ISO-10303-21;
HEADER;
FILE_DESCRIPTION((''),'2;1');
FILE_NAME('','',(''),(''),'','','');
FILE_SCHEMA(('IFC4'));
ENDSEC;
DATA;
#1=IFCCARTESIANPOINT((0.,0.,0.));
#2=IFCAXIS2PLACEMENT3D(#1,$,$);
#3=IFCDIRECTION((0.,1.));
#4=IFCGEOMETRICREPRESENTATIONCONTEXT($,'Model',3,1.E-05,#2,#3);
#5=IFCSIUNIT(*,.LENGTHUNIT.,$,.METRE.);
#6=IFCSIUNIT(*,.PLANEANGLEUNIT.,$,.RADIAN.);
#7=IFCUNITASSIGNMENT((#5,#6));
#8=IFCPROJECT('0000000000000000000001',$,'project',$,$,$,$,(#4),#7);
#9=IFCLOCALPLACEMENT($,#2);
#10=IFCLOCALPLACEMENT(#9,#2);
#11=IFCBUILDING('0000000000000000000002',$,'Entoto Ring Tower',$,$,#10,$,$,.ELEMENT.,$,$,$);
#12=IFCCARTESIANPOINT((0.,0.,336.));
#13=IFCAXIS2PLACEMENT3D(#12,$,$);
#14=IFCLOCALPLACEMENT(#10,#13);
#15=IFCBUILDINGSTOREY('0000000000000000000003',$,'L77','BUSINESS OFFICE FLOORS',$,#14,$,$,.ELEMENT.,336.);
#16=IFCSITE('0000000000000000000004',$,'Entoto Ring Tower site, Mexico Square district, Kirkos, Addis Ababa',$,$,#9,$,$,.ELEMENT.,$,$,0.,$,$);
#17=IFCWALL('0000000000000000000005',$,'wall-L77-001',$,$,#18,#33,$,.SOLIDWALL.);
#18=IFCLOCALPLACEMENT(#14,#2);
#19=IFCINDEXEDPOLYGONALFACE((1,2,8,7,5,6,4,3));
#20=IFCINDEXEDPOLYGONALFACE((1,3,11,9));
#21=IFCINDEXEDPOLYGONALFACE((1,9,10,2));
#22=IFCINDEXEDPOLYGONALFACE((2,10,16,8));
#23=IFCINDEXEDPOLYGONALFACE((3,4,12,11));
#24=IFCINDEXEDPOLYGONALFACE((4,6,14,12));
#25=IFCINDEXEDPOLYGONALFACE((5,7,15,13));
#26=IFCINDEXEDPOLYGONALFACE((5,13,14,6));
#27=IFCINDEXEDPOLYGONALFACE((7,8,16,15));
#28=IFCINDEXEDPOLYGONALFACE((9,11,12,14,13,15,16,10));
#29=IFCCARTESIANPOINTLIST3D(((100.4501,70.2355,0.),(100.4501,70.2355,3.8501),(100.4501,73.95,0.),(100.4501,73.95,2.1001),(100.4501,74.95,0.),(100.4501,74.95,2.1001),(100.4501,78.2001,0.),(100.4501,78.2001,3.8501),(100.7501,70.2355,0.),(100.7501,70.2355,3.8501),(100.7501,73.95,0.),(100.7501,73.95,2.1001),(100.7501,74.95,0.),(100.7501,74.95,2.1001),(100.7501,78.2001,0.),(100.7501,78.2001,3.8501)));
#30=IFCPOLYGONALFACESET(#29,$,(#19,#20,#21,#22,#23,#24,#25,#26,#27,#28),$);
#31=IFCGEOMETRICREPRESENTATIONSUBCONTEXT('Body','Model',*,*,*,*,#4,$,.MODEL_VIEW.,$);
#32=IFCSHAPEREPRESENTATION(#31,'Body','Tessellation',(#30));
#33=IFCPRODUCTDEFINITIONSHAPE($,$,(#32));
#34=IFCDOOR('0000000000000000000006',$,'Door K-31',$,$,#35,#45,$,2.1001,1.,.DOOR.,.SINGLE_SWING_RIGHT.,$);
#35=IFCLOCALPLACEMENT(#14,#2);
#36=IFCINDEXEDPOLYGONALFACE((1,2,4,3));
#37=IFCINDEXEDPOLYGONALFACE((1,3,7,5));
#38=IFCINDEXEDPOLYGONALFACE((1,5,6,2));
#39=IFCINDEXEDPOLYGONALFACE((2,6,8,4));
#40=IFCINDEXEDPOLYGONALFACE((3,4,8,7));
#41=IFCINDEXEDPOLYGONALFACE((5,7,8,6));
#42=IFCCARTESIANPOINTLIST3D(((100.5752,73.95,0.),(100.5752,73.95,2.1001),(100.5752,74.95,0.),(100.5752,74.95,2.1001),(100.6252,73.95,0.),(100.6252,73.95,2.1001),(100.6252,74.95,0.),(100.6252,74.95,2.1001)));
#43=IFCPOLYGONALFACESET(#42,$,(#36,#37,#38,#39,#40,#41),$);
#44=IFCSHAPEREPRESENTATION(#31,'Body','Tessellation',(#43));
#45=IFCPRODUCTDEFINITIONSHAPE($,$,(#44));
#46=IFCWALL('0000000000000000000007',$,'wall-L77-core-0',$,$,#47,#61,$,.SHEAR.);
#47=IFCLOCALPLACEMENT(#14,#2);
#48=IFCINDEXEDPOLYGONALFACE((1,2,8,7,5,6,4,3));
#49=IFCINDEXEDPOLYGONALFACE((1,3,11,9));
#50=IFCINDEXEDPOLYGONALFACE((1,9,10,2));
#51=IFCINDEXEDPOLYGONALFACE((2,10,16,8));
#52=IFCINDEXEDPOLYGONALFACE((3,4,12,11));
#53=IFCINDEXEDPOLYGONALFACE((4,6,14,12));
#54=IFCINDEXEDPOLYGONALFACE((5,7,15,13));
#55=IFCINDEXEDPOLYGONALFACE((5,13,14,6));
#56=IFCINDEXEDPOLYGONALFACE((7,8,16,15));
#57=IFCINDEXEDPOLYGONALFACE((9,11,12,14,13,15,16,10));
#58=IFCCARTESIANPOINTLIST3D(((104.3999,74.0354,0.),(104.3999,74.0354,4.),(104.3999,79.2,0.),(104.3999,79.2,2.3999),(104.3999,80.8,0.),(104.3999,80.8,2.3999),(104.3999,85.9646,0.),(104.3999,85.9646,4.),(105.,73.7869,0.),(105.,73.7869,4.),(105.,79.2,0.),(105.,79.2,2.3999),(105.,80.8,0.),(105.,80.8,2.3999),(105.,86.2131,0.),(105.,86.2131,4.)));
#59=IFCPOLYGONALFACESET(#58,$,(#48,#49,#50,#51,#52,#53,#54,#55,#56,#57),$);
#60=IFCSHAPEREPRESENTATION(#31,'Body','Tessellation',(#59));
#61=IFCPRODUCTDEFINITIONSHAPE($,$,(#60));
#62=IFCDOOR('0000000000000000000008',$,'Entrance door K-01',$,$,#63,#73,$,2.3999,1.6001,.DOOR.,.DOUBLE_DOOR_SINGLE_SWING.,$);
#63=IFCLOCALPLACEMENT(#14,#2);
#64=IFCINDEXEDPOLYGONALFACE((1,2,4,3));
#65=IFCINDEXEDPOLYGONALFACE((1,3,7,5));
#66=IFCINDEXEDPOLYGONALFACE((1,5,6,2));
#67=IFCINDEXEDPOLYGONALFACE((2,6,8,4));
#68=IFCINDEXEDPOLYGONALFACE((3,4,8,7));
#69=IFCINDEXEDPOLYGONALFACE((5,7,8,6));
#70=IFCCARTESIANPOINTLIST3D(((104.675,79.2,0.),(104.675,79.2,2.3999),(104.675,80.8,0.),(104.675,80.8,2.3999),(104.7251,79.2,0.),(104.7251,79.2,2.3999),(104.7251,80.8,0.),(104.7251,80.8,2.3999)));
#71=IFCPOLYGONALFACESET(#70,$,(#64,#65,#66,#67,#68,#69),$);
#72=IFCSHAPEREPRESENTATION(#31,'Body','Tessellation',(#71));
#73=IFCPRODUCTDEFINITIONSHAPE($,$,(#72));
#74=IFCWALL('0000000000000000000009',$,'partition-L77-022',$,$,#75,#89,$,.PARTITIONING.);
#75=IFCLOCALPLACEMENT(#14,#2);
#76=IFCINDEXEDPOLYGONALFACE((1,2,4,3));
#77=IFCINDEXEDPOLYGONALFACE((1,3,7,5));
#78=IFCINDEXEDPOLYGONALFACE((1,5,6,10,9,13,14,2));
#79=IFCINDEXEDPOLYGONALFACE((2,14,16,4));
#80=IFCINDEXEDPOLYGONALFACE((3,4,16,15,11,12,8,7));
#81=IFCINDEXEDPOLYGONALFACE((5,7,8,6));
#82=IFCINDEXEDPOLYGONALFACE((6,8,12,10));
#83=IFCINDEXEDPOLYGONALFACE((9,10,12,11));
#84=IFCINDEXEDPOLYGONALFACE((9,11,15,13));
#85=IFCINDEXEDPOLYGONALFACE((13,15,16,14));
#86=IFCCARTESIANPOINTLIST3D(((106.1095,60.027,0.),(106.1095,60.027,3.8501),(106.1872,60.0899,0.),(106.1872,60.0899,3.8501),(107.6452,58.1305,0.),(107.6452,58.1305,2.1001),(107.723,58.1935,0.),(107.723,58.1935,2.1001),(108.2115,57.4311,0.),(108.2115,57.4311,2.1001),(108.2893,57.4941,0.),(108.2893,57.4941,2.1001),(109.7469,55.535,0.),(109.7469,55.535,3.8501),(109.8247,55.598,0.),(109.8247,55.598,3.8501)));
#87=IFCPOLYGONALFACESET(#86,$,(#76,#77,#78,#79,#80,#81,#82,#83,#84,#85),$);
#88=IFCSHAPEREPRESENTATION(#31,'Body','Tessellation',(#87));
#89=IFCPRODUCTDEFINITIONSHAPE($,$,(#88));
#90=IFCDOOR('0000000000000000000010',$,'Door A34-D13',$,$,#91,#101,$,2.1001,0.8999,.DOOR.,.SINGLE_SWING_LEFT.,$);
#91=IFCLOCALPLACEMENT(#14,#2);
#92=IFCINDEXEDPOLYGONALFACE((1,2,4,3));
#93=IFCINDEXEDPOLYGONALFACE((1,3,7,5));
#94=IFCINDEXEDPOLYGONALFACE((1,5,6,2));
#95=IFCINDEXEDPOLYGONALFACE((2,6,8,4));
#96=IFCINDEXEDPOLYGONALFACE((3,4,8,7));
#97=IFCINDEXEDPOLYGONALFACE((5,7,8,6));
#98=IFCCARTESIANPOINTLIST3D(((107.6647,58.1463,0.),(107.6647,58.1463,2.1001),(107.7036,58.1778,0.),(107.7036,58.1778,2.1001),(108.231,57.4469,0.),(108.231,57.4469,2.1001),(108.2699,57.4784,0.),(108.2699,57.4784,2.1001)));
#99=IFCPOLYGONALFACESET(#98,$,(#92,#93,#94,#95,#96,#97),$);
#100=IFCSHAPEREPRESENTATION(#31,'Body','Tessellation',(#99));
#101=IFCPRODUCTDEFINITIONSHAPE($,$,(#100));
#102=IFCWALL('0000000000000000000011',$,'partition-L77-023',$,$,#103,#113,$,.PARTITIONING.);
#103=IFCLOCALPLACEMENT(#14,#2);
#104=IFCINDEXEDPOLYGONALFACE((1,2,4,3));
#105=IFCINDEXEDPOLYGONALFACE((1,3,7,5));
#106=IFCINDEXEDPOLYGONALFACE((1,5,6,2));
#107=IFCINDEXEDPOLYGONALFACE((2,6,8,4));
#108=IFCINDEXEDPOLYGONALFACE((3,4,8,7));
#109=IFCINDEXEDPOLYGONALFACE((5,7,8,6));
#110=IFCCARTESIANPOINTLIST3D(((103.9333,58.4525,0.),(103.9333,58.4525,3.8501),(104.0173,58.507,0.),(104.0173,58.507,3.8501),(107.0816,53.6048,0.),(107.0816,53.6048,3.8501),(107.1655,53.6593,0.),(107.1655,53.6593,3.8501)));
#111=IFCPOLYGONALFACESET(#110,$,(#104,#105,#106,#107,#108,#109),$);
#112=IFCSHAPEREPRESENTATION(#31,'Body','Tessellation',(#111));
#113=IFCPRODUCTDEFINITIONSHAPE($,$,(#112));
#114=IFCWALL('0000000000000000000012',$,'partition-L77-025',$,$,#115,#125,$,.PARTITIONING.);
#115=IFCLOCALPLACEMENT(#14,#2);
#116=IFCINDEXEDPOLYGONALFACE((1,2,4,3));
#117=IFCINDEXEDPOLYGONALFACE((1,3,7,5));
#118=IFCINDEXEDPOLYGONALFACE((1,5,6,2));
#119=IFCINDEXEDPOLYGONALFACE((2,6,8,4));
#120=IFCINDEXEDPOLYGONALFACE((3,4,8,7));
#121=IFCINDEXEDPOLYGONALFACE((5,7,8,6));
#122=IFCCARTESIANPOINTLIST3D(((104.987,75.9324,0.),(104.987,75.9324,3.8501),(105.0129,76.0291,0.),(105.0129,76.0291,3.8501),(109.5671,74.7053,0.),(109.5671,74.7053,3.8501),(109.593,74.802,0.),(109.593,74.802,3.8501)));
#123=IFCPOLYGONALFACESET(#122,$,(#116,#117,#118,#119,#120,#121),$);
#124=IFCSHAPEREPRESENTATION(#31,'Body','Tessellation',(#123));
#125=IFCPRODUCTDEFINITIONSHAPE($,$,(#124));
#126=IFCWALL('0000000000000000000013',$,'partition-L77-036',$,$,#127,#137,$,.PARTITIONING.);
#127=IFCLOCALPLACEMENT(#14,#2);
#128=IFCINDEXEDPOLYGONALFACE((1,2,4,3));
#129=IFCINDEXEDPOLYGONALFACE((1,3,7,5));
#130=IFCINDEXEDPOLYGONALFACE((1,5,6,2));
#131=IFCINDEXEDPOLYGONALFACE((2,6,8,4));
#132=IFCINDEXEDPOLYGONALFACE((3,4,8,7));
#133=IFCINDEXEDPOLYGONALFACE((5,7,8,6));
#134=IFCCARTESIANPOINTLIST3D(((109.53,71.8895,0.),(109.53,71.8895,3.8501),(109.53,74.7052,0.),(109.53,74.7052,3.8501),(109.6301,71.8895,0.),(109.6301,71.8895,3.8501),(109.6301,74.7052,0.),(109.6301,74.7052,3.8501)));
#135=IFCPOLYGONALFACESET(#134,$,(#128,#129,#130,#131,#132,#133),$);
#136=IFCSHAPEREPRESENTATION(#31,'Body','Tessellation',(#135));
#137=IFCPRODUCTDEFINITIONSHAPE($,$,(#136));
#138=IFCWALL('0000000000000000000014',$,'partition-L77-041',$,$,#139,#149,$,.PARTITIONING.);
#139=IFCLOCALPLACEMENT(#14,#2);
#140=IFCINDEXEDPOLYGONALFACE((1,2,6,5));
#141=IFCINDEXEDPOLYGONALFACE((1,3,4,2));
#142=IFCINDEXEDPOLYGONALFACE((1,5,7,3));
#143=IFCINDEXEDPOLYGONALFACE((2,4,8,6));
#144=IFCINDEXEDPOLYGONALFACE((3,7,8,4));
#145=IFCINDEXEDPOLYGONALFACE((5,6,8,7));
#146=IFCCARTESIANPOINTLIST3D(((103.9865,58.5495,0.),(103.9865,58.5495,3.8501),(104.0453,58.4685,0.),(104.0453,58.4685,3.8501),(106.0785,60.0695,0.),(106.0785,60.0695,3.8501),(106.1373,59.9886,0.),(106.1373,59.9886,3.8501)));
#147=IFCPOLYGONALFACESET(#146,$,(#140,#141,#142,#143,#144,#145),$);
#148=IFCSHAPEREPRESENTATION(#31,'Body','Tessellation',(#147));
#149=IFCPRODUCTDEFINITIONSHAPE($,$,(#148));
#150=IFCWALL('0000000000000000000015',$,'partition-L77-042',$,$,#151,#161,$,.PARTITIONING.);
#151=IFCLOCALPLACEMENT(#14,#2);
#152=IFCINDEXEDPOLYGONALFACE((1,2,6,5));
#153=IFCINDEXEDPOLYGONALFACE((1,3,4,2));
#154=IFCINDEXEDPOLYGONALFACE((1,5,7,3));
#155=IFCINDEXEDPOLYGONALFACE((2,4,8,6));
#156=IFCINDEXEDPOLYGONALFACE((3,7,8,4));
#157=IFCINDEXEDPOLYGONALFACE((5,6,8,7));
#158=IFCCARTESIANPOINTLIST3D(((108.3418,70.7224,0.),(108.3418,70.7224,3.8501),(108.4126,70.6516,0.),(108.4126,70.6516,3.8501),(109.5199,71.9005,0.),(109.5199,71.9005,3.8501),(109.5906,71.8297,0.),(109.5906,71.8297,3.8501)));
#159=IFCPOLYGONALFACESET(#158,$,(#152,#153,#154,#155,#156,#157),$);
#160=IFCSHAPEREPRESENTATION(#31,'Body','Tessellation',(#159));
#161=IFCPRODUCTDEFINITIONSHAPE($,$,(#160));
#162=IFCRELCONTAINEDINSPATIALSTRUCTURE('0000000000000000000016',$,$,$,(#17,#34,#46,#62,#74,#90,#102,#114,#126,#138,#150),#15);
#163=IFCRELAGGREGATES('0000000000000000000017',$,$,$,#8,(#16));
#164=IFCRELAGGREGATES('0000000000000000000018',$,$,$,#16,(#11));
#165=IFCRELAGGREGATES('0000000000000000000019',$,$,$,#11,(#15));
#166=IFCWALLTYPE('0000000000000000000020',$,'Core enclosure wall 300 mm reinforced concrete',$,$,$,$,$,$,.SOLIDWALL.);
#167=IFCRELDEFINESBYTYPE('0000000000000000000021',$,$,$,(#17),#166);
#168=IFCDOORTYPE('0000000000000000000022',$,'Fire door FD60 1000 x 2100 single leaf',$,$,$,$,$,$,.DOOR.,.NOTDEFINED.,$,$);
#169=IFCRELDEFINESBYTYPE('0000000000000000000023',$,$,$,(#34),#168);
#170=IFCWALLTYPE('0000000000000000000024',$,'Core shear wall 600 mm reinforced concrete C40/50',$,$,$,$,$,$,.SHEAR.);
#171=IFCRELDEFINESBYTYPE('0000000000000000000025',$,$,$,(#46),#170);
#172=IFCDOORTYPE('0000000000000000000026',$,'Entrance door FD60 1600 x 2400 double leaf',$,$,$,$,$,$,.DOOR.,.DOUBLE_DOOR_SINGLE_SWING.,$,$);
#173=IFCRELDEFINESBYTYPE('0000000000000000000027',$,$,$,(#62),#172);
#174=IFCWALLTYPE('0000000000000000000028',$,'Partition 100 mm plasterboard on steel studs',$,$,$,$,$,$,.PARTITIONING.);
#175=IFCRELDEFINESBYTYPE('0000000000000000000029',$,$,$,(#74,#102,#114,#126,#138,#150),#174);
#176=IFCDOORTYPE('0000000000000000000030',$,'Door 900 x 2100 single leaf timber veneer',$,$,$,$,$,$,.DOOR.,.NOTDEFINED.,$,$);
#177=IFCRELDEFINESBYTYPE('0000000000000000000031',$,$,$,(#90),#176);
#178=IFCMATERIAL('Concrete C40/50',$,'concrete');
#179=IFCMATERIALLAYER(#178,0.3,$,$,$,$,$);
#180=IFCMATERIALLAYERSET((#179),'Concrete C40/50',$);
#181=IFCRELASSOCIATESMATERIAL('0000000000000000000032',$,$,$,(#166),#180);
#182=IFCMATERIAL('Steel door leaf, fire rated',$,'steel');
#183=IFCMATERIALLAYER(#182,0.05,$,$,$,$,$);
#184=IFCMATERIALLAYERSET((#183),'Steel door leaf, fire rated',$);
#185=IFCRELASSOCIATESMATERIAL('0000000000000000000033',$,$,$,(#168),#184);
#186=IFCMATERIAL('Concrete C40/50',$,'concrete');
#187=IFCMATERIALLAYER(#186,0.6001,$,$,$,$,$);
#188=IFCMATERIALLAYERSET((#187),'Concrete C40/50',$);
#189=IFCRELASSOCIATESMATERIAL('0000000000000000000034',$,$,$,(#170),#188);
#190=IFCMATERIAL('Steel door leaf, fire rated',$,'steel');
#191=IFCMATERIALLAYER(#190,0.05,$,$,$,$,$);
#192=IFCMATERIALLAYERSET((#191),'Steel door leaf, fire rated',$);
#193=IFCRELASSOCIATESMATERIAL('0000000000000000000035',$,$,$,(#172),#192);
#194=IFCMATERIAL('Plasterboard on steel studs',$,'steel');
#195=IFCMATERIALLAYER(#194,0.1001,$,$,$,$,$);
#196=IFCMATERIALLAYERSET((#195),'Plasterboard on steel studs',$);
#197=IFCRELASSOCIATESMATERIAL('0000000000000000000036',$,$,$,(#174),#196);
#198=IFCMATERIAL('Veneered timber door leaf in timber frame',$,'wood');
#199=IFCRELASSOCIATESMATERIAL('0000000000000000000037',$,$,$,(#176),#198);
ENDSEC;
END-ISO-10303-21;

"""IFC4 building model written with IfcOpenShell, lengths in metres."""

from ifc_helpers import new_model, si_unit, direction, frame, frame_2d, origin, place, context, subcontext, project, spatial, polyline, rectangle, outline, extrude, material, layer, layer_set, type_object, element, fill, save


model = new_model("IFC4")

# Units and contexts
model_context = context("Model", 3, precision=1e-05, world=origin(), true_north=direction((0.0, 1.0)))
body_context = subcontext(model_context, "Body", "Model", "MODEL_VIEW")
ifc_project = project(units=[si_unit("LENGTHUNIT", "METRE"), si_unit("PLANEANGLEUNIT", "RADIAN")], contexts=[model_context])

# Site, building, storey
site_placement = place(None, origin())
site = spatial("IfcSite", under=ifc_project, at=site_placement, Name="Entoto Ring Tower site, Mexico Square district, Kirkos, Addis Ababa", CompositionType="ELEMENT", RefElevation=0.0)
building_placement = place(site_placement, origin())
building = spatial("IfcBuilding", under=site, at=building_placement, Name="Entoto Ring Tower", CompositionType="ELEMENT")
storey_placement = place(building_placement, frame((0.0, 0.0, 336.0)))
storey = spatial("IfcBuildingStorey", under=building, at=storey_placement, Name="L77", Description="BUSINESS OFFICE FLOORS", CompositionType="ELEMENT", Elevation=336.0)

# Walls, openings, doors
ifc_material_1 = material(Name="Concrete C40/50", Category="concrete")
ifc_layer_1 = layer(ifc_material_1, 0.3)
ifc_layer_set_1 = layer_set([ifc_layer_1], Name="Concrete C40/50")
wall_type_1 = type_object("IfcWallType", Name="Core enclosure wall 300 mm reinforced concrete", PredefinedType="SOLIDWALL", material=ifc_layer_set_1)
wall_1_placement = place(storey_placement, frame((100.6001, 70.2354, 0.0), z_axis=(0.0, 0.0, 1.0), x_axis=(0.0, 1.0, 0.0)))
wall_1 = element("IfcWall", 1, at=wall_1_placement, inside=storey, type_object=wall_type_1, Name="wall-L77-001", PredefinedType="SOLIDWALL", context=body_context, shape_type="SweptSolid", body=[
    extrude(rectangle(XDim=7.9646, YDim=0.3, at=frame_2d((3.9824, 0.0))), origin(), (0.0, 0.0, 1.0), 3.8501),
])
opening_1_placement = place(wall_1_placement, frame((3.7146, 0.0, 0.0)))
opening_1 = element("IfcOpeningElement", 2, at=opening_1_placement, cuts=wall_1, PredefinedType="OPENING", context=body_context, shape_type="SweptSolid", body=[
    extrude(rectangle(XDim=1.0, YDim=2.1001, at=frame_2d((0.5, 1.05))), frame((0.0, 0.1602, 0.0), z_axis=(0.0, -1.0, 0.0), x_axis=(1.0, 0.0, 0.0)), (0.0, 0.0, 1.0), 0.3201),
])
ifc_material_2 = material(Name="Steel door leaf, fire rated", Category="steel")
ifc_layer_2 = layer(ifc_material_2, 0.05)
ifc_layer_set_2 = layer_set([ifc_layer_2], Name="Steel door leaf, fire rated")
door_type_1 = type_object("IfcDoorType", Name="Fire door FD60 1000 x 2100 single leaf", OperationType="NOTDEFINED", PredefinedType="DOOR", material=ifc_layer_set_2)
door_1_placement = place(opening_1_placement, origin())
door_1 = element("IfcDoor", 3, at=door_1_placement, inside=storey, type_object=door_type_1, Name="Door K-31", OperationType="SINGLE_SWING_RIGHT", OverallHeight=2.1001, OverallWidth=1.0, PredefinedType="DOOR", context=body_context, shape_type="SweptSolid", body=[
    extrude(rectangle(XDim=1.0, YDim=2.1001, at=frame_2d((0.5, 1.05))), frame((0.0, 0.0249, 0.0), z_axis=(0.0, -1.0, 0.0), x_axis=(1.0, 0.0, 0.0)), (0.0, 0.0, 1.0), 0.05),
])
fill(opening_1, door_1)
ifc_material_3 = material(Name="Concrete C40/50", Category="concrete")
ifc_layer_3 = layer(ifc_material_3, 0.6001)
ifc_layer_set_3 = layer_set([ifc_layer_3], Name="Concrete C40/50")
wall_type_2 = type_object("IfcWallType", Name="Core shear wall 600 mm reinforced concrete C40/50", PredefinedType="SHEAR", material=ifc_layer_set_3)
wall_2_placement = place(storey_placement, frame((104.7, 73.9111, 0.0), z_axis=(0.0, 0.0, 1.0), x_axis=(0.0, 1.0, 0.0)))
wall_2 = element("IfcWall", 4, at=wall_2_placement, inside=storey, type_object=wall_type_2, Name="wall-L77-core-0", PredefinedType="SHEAR", context=body_context, shape_type="SweptSolid", body=[
    extrude(outline(polyline([(-0.1243, -0.3), (12.302, -0.3), (12.0535, 0.3), (0.1243, 0.3), (-0.1243, -0.3)])), origin(), (0.0, 0.0, 1.0), 4.0),
])
opening_2_placement = place(wall_2_placement, frame((5.2888, 0.0, 0.0)))
opening_2 = element("IfcOpeningElement", 5, at=opening_2_placement, cuts=wall_2, PredefinedType="OPENING", context=body_context, shape_type="SweptSolid", body=[
    extrude(rectangle(XDim=1.6001, YDim=2.3999, at=frame_2d((0.8, 1.2))), frame((0.0, 0.3101, 0.0), z_axis=(0.0, -1.0, 0.0), x_axis=(1.0, 0.0, 0.0)), (0.0, 0.0, 1.0), 0.6201),
])
ifc_material_4 = material(Name="Steel door leaf, fire rated", Category="steel")
ifc_layer_4 = layer(ifc_material_4, 0.05)
ifc_layer_set_4 = layer_set([ifc_layer_4], Name="Steel door leaf, fire rated")
door_type_2 = type_object("IfcDoorType", Name="Entrance door FD60 1600 x 2400 double leaf", OperationType="DOUBLE_DOOR_SINGLE_SWING", PredefinedType="DOOR", material=ifc_layer_set_4)
door_2_placement = place(opening_2_placement, origin())
door_2 = element("IfcDoor", 6, at=door_2_placement, inside=storey, type_object=door_type_2, Name="Entrance door K-01", OperationType="DOUBLE_DOOR_SINGLE_SWING", OverallHeight=2.3999, OverallWidth=1.6001, PredefinedType="DOOR", context=body_context, shape_type="SweptSolid", body=[
    extrude(rectangle(XDim=1.6001, YDim=2.3999, at=frame_2d((0.8, 1.2))), frame((0.0, 0.0249, 0.0), z_axis=(0.0, -1.0, 0.0), x_axis=(1.0, 0.0, 0.0)), (0.0, 0.0, 1.0), 0.05),
])
fill(opening_2, door_2)
ifc_material_5 = material(Name="Plasterboard on steel studs", Category="steel")
ifc_layer_5 = layer(ifc_material_5, 0.1001)
ifc_layer_set_5 = layer_set([ifc_layer_5], Name="Plasterboard on steel studs")
wall_type_3 = type_object("IfcWallType", Name="Partition 100 mm plasterboard on steel studs", PredefinedType="PARTITIONING", material=ifc_layer_set_5)
wall_3_placement = place(storey_placement, frame((109.7859, 55.5664, 0.0), z_axis=(0.0, 0.0, 1.0), x_axis=(-0.629315, 0.77715, 0.0)))
wall_3 = element("IfcWall", 7, at=wall_3_placement, inside=storey, type_object=wall_type_3, Name="partition-L77-022", PredefinedType="PARTITIONING", context=body_context, shape_type="SweptSolid", body=[
    extrude(rectangle(XDim=5.78, YDim=0.1001, at=frame_2d((2.8901, 0.0))), origin(), (0.0, 0.0, 1.0), 3.8501),
])
opening_3_placement = place(wall_3_placement, frame((2.4399, 0.0, 0.0)))
opening_3 = element("IfcOpeningElement", 8, at=opening_3_placement, cuts=wall_3, PredefinedType="OPENING", context=body_context, shape_type="SweptSolid", body=[
    extrude(rectangle(XDim=0.8999, YDim=2.1001, at=frame_2d((0.45, 1.05))), frame((0.0, 0.0601, 0.0), z_axis=(0.0, -1.0, 0.0), x_axis=(1.0, 0.0, 0.0)), (0.0, 0.0, 1.0), 0.1201),
])
ifc_material_6 = material(Name="Veneered timber door leaf in timber frame", Category="wood")
door_type_3 = type_object("IfcDoorType", Name="Door 900 x 2100 single leaf timber veneer", OperationType="NOTDEFINED", PredefinedType="DOOR", material=ifc_material_6)
door_3_placement = place(opening_3_placement, origin())
door_3 = element("IfcDoor", 9, at=door_3_placement, inside=storey, type_object=door_type_3, Name="Door A34-D13", OperationType="SINGLE_SWING_LEFT", OverallHeight=2.1001, OverallWidth=0.8999, PredefinedType="DOOR", context=body_context, shape_type="SweptSolid", body=[
    extrude(rectangle(XDim=0.8999, YDim=2.1001, at=frame_2d((0.45, 1.05))), frame((0.0, 0.0249, 0.0), z_axis=(0.0, -1.0, 0.0), x_axis=(1.0, 0.0, 0.0)), (0.0, 0.0, 1.0), 0.05),
])
fill(opening_3, door_3)

# Walls
wall_4_placement = place(storey_placement, frame((107.1235, 53.6321, 0.0), z_axis=(0.0, 0.0, 1.0), x_axis=(-0.54465, 0.838664, 0.0)))
element("IfcWall", 10, at=wall_4_placement, inside=storey, type_object=wall_type_3, Name="partition-L77-023", PredefinedType="PARTITIONING", context=body_context, shape_type="SweptSolid", body=[
    extrude(rectangle(XDim=5.7803, YDim=0.1001, at=frame_2d((2.8901, 0.0))), origin(), (0.0, 0.0, 1.0), 3.8501),
])
wall_5_placement = place(storey_placement, frame((109.5801, 74.7537, 0.0), z_axis=(0.0, 0.0, 1.0), x_axis=(-0.965935, 0.258784, 0.0)))
element("IfcWall", 11, at=wall_5_placement, inside=storey, type_object=wall_type_3, Name="partition-L77-025", PredefinedType="PARTITIONING", context=body_context, shape_type="SweptSolid", body=[
    extrude(rectangle(XDim=4.7417, YDim=0.1001, at=frame_2d((2.3708, 0.0))), origin(), (0.0, 0.0, 1.0), 3.8501),
])
wall_6_placement = place(storey_placement, frame((109.5801, 71.8896, 0.0), z_axis=(0.0, 0.0, 1.0), x_axis=(0.0, 1.0, 0.0)))
element("IfcWall", 12, at=wall_6_placement, inside=storey, type_object=wall_type_3, Name="partition-L77-036", PredefinedType="PARTITIONING", context=body_context, shape_type="SweptSolid", body=[
    extrude(rectangle(XDim=2.8157, YDim=0.1001, at=frame_2d((1.4077, 0.0))), origin(), (0.0, 0.0, 1.0), 3.8501),
])
wall_7_placement = place(storey_placement, frame((104.0159, 58.509, 0.0), z_axis=(0.0, 0.0, 1.0), x_axis=(0.809005, 0.587801, 0.0)))
element("IfcWall", 13, at=wall_7_placement, inside=storey, type_object=wall_type_3, Name="partition-L77-041", PredefinedType="PARTITIONING", context=body_context, shape_type="SweptSolid", body=[
    extrude(rectangle(XDim=2.5859, YDim=0.1001, at=frame_2d((1.293, 0.0))), origin(), (0.0, 0.0, 1.0), 3.8501),
])
wall_8_placement = place(storey_placement, frame((108.3772, 70.687, 0.0), z_axis=(0.0, 0.0, 1.0), x_axis=(0.707107, 0.707107, 0.0)))
element("IfcWall", 14, at=wall_8_placement, inside=storey, type_object=wall_type_3, Name="partition-L77-042", PredefinedType="PARTITIONING", context=body_context, shape_type="SweptSolid", body=[
    extrude(rectangle(XDim=1.666, YDim=0.1001, at=frame_2d((0.833, 0.0))), origin(), (0.0, 0.0, 1.0), 3.8501),
])

save(model, "model.ifc")
